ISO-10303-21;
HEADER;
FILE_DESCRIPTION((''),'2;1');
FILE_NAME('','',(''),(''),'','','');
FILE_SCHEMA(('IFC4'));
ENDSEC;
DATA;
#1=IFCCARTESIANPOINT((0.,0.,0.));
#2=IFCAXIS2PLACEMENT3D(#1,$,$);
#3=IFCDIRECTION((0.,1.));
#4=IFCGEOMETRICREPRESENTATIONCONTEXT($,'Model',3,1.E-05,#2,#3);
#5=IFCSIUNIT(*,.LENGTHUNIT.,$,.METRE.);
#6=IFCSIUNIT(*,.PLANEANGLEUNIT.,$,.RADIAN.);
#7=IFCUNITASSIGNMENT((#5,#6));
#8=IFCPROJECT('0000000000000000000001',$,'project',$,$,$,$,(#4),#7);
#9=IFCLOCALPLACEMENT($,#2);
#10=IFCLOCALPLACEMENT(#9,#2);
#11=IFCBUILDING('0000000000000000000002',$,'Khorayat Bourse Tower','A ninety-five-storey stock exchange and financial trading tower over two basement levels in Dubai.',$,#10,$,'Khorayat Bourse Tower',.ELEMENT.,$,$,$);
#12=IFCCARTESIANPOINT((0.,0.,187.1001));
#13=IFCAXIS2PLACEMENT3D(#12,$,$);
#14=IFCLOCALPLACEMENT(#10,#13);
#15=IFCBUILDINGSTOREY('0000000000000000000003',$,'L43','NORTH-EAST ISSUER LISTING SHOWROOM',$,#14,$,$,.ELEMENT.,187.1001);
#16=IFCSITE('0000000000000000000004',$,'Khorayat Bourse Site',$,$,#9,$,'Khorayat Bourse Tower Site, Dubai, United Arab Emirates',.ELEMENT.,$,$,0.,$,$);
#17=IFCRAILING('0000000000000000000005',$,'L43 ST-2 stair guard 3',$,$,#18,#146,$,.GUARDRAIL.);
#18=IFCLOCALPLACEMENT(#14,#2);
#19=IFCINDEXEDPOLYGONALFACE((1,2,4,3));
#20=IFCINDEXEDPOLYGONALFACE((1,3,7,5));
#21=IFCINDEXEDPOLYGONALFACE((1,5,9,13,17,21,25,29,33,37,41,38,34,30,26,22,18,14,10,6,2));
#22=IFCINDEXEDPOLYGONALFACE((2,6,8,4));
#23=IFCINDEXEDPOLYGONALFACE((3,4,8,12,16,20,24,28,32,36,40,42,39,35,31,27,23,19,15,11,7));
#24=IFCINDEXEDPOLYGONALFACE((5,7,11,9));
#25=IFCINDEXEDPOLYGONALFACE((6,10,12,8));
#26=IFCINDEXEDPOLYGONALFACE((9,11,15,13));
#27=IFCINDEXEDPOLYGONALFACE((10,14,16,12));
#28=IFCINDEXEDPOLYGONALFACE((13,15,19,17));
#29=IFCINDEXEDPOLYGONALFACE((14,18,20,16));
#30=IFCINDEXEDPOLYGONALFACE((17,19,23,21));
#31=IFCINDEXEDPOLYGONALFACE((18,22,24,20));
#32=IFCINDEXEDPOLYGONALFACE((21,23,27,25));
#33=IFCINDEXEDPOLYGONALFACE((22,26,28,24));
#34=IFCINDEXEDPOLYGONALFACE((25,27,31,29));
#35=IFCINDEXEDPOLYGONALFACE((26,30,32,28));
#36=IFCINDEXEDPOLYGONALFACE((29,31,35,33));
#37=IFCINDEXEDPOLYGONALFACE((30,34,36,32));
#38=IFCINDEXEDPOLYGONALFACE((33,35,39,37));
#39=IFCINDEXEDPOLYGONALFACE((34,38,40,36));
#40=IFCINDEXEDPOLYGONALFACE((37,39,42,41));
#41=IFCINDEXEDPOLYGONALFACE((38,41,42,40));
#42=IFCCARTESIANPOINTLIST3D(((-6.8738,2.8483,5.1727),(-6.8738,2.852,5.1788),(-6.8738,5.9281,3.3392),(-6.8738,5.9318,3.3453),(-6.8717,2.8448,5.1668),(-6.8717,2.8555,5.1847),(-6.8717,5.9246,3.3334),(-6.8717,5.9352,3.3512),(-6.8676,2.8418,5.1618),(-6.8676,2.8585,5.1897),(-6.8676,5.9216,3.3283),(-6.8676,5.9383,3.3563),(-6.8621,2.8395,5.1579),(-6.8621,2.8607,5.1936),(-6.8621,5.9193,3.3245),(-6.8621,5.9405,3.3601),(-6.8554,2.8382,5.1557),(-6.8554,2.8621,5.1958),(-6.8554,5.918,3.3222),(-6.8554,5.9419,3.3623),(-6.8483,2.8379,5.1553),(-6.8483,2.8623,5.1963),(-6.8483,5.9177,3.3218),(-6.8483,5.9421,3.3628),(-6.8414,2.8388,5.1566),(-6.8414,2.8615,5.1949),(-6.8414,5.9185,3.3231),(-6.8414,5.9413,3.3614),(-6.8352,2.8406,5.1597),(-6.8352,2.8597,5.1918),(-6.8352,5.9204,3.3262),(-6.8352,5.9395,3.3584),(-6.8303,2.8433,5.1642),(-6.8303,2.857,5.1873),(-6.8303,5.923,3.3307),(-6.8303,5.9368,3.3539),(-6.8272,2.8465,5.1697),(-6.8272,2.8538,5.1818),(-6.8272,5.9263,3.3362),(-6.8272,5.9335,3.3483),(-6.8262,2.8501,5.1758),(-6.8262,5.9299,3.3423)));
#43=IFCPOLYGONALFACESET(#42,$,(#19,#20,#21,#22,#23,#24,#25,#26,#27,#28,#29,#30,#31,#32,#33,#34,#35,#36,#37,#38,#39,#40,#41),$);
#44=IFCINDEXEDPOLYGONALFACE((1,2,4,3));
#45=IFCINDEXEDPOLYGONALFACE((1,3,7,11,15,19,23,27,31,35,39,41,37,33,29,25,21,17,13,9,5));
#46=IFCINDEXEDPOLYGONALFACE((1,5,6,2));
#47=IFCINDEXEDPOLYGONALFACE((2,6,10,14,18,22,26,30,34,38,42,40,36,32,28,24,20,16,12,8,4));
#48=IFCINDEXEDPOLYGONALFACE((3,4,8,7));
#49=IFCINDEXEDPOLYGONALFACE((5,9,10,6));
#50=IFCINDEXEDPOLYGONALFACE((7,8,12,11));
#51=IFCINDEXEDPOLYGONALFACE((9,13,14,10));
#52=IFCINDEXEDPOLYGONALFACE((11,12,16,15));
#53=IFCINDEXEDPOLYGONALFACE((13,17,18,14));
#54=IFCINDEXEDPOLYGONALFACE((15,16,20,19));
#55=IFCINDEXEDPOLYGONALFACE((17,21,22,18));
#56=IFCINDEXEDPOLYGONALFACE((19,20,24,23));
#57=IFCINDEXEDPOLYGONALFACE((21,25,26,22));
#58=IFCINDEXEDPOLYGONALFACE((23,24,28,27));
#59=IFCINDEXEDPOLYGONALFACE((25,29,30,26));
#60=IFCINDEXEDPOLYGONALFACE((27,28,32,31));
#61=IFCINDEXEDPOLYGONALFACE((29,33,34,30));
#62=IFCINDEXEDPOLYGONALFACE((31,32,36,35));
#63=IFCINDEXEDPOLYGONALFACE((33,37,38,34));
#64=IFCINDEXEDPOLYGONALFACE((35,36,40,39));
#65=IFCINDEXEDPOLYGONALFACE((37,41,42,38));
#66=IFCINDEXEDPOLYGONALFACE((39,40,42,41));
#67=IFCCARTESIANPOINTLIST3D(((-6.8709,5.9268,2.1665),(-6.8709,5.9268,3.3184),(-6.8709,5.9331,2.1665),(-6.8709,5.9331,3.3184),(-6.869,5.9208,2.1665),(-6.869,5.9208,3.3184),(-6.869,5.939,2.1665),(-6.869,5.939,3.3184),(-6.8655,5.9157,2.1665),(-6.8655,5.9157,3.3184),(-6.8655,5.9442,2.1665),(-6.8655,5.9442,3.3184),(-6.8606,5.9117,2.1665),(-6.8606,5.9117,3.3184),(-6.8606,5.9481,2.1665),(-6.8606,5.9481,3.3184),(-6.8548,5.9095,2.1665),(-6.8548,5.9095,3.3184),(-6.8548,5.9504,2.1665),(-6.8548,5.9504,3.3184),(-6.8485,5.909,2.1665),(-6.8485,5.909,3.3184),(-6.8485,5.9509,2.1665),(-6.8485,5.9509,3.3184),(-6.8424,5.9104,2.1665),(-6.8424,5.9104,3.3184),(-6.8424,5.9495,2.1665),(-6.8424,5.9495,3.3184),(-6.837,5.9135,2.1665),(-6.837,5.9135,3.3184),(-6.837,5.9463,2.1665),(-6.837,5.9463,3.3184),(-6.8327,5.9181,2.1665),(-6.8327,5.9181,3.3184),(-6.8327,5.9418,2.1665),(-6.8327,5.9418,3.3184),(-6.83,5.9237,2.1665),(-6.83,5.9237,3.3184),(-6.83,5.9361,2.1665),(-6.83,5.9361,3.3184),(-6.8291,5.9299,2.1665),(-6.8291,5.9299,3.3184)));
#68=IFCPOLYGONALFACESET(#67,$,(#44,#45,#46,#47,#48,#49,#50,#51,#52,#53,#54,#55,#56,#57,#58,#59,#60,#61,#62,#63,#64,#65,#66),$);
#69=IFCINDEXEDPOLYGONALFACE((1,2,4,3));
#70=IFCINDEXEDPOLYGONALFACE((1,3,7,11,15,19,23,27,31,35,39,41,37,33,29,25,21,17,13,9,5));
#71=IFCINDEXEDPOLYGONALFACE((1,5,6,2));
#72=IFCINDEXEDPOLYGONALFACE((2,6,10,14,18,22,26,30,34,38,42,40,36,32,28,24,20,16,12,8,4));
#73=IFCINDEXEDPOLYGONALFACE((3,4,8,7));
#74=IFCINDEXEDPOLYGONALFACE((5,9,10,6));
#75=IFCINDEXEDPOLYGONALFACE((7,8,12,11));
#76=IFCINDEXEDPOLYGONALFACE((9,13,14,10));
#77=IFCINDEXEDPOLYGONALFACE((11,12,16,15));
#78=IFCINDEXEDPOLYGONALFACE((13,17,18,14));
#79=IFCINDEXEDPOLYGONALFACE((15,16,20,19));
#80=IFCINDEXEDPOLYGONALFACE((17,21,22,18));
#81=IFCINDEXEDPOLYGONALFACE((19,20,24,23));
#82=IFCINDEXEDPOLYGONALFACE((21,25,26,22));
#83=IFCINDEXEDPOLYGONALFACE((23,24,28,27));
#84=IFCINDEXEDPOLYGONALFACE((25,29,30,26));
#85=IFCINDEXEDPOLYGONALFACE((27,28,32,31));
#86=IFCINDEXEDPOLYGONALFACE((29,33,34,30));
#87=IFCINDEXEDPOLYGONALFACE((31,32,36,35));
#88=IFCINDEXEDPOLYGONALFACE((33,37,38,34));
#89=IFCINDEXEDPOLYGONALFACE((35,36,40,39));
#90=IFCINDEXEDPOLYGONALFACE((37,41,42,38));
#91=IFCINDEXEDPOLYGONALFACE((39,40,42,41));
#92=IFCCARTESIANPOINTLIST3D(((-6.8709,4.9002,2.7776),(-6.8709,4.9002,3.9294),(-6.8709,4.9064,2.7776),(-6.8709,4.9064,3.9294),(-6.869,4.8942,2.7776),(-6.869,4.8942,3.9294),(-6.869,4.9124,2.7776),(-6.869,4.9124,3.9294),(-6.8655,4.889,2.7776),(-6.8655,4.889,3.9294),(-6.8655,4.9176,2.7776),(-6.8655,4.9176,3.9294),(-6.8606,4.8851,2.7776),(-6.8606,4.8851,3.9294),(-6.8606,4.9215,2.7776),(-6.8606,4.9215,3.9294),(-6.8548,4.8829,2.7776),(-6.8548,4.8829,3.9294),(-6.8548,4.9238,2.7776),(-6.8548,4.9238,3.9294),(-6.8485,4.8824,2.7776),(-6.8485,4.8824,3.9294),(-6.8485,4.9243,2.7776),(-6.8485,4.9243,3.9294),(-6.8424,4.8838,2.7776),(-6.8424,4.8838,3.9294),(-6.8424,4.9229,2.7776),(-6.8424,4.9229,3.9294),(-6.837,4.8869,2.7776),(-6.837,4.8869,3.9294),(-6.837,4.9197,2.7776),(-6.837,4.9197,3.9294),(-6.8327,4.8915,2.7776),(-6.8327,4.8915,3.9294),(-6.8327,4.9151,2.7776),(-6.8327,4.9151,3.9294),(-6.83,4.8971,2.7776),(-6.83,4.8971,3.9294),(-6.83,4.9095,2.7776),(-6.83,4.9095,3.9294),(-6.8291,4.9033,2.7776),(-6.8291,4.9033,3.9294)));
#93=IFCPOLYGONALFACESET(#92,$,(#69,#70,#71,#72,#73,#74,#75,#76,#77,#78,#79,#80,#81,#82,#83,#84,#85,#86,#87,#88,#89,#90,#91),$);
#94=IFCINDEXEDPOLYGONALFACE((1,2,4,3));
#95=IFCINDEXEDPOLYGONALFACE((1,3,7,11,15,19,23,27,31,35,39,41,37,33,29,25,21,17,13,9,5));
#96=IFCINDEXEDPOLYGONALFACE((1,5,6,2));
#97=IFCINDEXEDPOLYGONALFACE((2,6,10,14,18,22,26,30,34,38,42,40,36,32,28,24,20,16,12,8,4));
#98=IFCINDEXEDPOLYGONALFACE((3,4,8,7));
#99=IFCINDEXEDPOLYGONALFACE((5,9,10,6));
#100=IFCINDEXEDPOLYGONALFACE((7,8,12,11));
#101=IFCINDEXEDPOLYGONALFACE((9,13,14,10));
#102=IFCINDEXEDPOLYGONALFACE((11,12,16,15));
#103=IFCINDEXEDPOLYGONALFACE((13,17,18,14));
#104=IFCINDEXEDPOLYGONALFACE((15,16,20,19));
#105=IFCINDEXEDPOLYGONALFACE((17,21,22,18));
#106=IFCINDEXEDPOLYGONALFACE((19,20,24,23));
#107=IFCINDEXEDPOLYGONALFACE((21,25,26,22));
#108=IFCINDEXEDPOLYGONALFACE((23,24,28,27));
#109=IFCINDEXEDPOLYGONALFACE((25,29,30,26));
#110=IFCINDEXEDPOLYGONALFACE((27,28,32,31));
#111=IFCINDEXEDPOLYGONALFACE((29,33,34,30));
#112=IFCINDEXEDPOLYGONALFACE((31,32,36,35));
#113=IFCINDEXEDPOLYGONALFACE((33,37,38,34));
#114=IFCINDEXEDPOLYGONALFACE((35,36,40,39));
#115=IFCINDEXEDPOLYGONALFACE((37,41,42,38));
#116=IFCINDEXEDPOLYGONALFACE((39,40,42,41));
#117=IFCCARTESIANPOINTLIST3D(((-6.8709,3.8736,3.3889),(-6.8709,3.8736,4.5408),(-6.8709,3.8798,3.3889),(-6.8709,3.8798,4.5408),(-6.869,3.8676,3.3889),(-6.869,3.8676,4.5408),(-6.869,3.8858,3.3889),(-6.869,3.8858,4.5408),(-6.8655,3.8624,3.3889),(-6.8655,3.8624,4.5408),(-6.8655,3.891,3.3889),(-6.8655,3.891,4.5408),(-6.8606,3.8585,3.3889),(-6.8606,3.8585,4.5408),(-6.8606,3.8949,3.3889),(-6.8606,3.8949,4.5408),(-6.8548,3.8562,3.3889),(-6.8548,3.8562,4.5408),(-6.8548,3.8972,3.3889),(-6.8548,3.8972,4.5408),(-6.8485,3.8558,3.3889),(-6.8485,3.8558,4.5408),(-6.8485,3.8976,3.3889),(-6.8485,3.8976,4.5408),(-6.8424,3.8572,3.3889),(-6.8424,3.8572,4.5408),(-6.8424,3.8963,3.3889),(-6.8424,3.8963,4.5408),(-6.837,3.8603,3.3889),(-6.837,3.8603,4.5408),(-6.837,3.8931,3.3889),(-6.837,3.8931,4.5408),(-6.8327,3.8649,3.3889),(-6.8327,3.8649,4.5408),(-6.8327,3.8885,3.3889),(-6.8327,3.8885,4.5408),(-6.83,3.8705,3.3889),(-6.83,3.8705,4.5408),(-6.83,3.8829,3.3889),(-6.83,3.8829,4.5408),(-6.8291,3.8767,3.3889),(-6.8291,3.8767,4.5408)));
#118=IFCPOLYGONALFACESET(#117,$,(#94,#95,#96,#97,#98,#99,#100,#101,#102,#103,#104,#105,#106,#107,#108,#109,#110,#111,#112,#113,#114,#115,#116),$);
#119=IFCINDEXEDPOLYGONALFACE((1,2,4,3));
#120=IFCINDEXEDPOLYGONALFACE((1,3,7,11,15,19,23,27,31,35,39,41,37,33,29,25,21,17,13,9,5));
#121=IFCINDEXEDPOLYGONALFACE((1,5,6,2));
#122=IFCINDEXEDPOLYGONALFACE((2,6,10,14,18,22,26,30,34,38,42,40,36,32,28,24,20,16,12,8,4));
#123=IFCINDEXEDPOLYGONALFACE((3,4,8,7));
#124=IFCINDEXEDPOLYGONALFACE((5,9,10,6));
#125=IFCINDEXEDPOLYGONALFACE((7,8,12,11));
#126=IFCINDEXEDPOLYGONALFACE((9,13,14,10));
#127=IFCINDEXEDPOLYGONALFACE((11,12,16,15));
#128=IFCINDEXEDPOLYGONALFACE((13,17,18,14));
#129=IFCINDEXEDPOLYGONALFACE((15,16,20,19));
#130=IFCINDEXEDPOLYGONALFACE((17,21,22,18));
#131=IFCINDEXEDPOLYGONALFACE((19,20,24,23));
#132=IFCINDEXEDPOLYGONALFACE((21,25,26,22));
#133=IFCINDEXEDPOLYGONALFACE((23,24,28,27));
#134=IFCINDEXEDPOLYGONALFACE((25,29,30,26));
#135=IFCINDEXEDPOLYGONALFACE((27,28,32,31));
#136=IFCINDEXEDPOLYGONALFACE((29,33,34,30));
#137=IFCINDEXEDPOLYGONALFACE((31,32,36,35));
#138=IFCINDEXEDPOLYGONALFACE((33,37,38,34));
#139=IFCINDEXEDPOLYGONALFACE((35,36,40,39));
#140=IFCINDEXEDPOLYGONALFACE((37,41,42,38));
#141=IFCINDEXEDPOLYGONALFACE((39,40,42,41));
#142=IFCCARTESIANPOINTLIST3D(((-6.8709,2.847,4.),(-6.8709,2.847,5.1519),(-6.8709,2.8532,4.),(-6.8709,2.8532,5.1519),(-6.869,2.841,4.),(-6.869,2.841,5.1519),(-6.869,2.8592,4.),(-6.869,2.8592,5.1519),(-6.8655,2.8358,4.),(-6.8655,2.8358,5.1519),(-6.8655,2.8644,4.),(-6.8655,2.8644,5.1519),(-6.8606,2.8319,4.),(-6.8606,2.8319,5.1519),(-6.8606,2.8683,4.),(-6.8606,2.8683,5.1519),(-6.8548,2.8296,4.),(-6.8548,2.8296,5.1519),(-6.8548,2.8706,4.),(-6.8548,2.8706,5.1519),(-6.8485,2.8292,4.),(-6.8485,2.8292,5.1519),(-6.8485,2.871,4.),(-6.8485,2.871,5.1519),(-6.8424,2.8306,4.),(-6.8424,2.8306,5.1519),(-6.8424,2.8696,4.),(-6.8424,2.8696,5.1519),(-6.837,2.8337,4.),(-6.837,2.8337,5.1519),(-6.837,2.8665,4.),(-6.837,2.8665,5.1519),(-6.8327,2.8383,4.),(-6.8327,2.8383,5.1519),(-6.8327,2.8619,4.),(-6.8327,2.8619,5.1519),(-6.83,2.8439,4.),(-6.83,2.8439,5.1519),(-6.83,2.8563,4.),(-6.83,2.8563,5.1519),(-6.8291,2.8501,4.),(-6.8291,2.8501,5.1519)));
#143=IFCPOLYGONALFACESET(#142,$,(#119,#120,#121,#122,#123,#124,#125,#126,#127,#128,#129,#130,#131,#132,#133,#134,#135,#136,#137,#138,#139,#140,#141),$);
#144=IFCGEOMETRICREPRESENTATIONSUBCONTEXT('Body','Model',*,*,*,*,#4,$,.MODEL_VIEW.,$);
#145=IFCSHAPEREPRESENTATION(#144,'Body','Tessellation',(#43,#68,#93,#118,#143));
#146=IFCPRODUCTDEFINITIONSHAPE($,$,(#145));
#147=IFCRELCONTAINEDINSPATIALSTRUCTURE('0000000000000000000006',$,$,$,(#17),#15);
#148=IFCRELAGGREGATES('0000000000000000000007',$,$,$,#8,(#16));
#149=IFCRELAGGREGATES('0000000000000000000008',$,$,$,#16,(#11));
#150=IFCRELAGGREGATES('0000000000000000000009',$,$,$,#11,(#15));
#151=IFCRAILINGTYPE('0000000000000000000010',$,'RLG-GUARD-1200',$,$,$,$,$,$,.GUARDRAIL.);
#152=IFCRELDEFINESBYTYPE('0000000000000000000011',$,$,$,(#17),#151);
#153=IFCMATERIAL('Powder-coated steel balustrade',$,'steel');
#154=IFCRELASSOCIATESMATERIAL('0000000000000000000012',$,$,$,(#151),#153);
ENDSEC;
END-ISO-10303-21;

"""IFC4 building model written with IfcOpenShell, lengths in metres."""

from ifc_helpers import new_model, si_unit, direction, frame, origin, origin_2d, place, context, subcontext, project, spatial, circle, extrude, source, transform, mapped, material, type_object, element, save


model = new_model("IFC4")

# Units and contexts
model_context = context("Model", 3, precision=1e-05, world=origin(), true_north=direction((0.0, 1.0)))
body_context = subcontext(model_context, "Body", "Model", "MODEL_VIEW")
ifc_project = project(units=[si_unit("LENGTHUNIT", "METRE"), si_unit("PLANEANGLEUNIT", "RADIAN")], contexts=[model_context])

# Site, building, storey
site_placement = place(None, origin())
site = spatial("IfcSite", under=ifc_project, at=site_placement, Name="Khorayat Bourse Site", LongName="Khorayat Bourse Tower Site, Dubai, United Arab Emirates", CompositionType="ELEMENT", RefElevation=0.0)
building_placement = place(site_placement, origin())
building = spatial("IfcBuilding", under=site, at=building_placement, Name="Khorayat Bourse Tower", Description="A ninety-five-storey stock exchange and financial trading tower over two basement levels in Dubai.", LongName="Khorayat Bourse Tower", CompositionType="ELEMENT")
storey_placement = place(building_placement, frame((0.0, 0.0, 187.1001)))
storey = spatial("IfcBuildingStorey", under=building, at=storey_placement, Name="L43", Description="NORTH-EAST ISSUER LISTING SHOWROOM", CompositionType="ELEMENT", Elevation=187.1001)

# Railing
ifc_material_1 = material(Name="Powder-coated steel balustrade", Category="steel")
railing_type_1 = type_object("IfcRailingType", Name="RLG-GUARD-1200", PredefinedType="GUARDRAIL", material=ifc_material_1)
shared_shape_1 = source(origin(), body_context, "Body", "SweptSolid", [
    extrude(circle(Radius=0.0239, at=origin_2d()), frame((0.0, 0.0, 1.1758), z_axis=(0.0, -0.859261, 0.511538), x_axis=(1.0, 0.0, 0.0)), (0.0, 0.0, 1.0), 3.5842),
    extrude(circle(Radius=0.021, at=origin_2d()), origin(), (0.0, 0.0, 1.0), 1.1519),
    extrude(circle(Radius=0.021, at=origin_2d()), frame((0.0, -1.0266, 0.6111)), (0.0, 0.0, 1.0), 1.1519),
    extrude(circle(Radius=0.021, at=origin_2d()), frame((0.0, -2.0532, 1.2224)), (0.0, 0.0, 1.0), 1.1519),
    extrude(circle(Radius=0.021, at=origin_2d()), frame((0.0, -3.0798, 1.8335)), (0.0, 0.0, 1.0), 1.1519),
])
railing_1_placement = place(storey_placement, frame((-6.8501, 5.9299, 2.1665)))
element("IfcRailing", 1, at=railing_1_placement, inside=storey, type_object=railing_type_1, Name="L43 ST-2 stair guard 3", PredefinedType="GUARDRAIL", context=body_context, shape_type="MappedRepresentation", body=[
    mapped(shared_shape_1, transform((0.0, 0.0, 0.0), scale=1.0)),
])

save(model, "model.ifc")
